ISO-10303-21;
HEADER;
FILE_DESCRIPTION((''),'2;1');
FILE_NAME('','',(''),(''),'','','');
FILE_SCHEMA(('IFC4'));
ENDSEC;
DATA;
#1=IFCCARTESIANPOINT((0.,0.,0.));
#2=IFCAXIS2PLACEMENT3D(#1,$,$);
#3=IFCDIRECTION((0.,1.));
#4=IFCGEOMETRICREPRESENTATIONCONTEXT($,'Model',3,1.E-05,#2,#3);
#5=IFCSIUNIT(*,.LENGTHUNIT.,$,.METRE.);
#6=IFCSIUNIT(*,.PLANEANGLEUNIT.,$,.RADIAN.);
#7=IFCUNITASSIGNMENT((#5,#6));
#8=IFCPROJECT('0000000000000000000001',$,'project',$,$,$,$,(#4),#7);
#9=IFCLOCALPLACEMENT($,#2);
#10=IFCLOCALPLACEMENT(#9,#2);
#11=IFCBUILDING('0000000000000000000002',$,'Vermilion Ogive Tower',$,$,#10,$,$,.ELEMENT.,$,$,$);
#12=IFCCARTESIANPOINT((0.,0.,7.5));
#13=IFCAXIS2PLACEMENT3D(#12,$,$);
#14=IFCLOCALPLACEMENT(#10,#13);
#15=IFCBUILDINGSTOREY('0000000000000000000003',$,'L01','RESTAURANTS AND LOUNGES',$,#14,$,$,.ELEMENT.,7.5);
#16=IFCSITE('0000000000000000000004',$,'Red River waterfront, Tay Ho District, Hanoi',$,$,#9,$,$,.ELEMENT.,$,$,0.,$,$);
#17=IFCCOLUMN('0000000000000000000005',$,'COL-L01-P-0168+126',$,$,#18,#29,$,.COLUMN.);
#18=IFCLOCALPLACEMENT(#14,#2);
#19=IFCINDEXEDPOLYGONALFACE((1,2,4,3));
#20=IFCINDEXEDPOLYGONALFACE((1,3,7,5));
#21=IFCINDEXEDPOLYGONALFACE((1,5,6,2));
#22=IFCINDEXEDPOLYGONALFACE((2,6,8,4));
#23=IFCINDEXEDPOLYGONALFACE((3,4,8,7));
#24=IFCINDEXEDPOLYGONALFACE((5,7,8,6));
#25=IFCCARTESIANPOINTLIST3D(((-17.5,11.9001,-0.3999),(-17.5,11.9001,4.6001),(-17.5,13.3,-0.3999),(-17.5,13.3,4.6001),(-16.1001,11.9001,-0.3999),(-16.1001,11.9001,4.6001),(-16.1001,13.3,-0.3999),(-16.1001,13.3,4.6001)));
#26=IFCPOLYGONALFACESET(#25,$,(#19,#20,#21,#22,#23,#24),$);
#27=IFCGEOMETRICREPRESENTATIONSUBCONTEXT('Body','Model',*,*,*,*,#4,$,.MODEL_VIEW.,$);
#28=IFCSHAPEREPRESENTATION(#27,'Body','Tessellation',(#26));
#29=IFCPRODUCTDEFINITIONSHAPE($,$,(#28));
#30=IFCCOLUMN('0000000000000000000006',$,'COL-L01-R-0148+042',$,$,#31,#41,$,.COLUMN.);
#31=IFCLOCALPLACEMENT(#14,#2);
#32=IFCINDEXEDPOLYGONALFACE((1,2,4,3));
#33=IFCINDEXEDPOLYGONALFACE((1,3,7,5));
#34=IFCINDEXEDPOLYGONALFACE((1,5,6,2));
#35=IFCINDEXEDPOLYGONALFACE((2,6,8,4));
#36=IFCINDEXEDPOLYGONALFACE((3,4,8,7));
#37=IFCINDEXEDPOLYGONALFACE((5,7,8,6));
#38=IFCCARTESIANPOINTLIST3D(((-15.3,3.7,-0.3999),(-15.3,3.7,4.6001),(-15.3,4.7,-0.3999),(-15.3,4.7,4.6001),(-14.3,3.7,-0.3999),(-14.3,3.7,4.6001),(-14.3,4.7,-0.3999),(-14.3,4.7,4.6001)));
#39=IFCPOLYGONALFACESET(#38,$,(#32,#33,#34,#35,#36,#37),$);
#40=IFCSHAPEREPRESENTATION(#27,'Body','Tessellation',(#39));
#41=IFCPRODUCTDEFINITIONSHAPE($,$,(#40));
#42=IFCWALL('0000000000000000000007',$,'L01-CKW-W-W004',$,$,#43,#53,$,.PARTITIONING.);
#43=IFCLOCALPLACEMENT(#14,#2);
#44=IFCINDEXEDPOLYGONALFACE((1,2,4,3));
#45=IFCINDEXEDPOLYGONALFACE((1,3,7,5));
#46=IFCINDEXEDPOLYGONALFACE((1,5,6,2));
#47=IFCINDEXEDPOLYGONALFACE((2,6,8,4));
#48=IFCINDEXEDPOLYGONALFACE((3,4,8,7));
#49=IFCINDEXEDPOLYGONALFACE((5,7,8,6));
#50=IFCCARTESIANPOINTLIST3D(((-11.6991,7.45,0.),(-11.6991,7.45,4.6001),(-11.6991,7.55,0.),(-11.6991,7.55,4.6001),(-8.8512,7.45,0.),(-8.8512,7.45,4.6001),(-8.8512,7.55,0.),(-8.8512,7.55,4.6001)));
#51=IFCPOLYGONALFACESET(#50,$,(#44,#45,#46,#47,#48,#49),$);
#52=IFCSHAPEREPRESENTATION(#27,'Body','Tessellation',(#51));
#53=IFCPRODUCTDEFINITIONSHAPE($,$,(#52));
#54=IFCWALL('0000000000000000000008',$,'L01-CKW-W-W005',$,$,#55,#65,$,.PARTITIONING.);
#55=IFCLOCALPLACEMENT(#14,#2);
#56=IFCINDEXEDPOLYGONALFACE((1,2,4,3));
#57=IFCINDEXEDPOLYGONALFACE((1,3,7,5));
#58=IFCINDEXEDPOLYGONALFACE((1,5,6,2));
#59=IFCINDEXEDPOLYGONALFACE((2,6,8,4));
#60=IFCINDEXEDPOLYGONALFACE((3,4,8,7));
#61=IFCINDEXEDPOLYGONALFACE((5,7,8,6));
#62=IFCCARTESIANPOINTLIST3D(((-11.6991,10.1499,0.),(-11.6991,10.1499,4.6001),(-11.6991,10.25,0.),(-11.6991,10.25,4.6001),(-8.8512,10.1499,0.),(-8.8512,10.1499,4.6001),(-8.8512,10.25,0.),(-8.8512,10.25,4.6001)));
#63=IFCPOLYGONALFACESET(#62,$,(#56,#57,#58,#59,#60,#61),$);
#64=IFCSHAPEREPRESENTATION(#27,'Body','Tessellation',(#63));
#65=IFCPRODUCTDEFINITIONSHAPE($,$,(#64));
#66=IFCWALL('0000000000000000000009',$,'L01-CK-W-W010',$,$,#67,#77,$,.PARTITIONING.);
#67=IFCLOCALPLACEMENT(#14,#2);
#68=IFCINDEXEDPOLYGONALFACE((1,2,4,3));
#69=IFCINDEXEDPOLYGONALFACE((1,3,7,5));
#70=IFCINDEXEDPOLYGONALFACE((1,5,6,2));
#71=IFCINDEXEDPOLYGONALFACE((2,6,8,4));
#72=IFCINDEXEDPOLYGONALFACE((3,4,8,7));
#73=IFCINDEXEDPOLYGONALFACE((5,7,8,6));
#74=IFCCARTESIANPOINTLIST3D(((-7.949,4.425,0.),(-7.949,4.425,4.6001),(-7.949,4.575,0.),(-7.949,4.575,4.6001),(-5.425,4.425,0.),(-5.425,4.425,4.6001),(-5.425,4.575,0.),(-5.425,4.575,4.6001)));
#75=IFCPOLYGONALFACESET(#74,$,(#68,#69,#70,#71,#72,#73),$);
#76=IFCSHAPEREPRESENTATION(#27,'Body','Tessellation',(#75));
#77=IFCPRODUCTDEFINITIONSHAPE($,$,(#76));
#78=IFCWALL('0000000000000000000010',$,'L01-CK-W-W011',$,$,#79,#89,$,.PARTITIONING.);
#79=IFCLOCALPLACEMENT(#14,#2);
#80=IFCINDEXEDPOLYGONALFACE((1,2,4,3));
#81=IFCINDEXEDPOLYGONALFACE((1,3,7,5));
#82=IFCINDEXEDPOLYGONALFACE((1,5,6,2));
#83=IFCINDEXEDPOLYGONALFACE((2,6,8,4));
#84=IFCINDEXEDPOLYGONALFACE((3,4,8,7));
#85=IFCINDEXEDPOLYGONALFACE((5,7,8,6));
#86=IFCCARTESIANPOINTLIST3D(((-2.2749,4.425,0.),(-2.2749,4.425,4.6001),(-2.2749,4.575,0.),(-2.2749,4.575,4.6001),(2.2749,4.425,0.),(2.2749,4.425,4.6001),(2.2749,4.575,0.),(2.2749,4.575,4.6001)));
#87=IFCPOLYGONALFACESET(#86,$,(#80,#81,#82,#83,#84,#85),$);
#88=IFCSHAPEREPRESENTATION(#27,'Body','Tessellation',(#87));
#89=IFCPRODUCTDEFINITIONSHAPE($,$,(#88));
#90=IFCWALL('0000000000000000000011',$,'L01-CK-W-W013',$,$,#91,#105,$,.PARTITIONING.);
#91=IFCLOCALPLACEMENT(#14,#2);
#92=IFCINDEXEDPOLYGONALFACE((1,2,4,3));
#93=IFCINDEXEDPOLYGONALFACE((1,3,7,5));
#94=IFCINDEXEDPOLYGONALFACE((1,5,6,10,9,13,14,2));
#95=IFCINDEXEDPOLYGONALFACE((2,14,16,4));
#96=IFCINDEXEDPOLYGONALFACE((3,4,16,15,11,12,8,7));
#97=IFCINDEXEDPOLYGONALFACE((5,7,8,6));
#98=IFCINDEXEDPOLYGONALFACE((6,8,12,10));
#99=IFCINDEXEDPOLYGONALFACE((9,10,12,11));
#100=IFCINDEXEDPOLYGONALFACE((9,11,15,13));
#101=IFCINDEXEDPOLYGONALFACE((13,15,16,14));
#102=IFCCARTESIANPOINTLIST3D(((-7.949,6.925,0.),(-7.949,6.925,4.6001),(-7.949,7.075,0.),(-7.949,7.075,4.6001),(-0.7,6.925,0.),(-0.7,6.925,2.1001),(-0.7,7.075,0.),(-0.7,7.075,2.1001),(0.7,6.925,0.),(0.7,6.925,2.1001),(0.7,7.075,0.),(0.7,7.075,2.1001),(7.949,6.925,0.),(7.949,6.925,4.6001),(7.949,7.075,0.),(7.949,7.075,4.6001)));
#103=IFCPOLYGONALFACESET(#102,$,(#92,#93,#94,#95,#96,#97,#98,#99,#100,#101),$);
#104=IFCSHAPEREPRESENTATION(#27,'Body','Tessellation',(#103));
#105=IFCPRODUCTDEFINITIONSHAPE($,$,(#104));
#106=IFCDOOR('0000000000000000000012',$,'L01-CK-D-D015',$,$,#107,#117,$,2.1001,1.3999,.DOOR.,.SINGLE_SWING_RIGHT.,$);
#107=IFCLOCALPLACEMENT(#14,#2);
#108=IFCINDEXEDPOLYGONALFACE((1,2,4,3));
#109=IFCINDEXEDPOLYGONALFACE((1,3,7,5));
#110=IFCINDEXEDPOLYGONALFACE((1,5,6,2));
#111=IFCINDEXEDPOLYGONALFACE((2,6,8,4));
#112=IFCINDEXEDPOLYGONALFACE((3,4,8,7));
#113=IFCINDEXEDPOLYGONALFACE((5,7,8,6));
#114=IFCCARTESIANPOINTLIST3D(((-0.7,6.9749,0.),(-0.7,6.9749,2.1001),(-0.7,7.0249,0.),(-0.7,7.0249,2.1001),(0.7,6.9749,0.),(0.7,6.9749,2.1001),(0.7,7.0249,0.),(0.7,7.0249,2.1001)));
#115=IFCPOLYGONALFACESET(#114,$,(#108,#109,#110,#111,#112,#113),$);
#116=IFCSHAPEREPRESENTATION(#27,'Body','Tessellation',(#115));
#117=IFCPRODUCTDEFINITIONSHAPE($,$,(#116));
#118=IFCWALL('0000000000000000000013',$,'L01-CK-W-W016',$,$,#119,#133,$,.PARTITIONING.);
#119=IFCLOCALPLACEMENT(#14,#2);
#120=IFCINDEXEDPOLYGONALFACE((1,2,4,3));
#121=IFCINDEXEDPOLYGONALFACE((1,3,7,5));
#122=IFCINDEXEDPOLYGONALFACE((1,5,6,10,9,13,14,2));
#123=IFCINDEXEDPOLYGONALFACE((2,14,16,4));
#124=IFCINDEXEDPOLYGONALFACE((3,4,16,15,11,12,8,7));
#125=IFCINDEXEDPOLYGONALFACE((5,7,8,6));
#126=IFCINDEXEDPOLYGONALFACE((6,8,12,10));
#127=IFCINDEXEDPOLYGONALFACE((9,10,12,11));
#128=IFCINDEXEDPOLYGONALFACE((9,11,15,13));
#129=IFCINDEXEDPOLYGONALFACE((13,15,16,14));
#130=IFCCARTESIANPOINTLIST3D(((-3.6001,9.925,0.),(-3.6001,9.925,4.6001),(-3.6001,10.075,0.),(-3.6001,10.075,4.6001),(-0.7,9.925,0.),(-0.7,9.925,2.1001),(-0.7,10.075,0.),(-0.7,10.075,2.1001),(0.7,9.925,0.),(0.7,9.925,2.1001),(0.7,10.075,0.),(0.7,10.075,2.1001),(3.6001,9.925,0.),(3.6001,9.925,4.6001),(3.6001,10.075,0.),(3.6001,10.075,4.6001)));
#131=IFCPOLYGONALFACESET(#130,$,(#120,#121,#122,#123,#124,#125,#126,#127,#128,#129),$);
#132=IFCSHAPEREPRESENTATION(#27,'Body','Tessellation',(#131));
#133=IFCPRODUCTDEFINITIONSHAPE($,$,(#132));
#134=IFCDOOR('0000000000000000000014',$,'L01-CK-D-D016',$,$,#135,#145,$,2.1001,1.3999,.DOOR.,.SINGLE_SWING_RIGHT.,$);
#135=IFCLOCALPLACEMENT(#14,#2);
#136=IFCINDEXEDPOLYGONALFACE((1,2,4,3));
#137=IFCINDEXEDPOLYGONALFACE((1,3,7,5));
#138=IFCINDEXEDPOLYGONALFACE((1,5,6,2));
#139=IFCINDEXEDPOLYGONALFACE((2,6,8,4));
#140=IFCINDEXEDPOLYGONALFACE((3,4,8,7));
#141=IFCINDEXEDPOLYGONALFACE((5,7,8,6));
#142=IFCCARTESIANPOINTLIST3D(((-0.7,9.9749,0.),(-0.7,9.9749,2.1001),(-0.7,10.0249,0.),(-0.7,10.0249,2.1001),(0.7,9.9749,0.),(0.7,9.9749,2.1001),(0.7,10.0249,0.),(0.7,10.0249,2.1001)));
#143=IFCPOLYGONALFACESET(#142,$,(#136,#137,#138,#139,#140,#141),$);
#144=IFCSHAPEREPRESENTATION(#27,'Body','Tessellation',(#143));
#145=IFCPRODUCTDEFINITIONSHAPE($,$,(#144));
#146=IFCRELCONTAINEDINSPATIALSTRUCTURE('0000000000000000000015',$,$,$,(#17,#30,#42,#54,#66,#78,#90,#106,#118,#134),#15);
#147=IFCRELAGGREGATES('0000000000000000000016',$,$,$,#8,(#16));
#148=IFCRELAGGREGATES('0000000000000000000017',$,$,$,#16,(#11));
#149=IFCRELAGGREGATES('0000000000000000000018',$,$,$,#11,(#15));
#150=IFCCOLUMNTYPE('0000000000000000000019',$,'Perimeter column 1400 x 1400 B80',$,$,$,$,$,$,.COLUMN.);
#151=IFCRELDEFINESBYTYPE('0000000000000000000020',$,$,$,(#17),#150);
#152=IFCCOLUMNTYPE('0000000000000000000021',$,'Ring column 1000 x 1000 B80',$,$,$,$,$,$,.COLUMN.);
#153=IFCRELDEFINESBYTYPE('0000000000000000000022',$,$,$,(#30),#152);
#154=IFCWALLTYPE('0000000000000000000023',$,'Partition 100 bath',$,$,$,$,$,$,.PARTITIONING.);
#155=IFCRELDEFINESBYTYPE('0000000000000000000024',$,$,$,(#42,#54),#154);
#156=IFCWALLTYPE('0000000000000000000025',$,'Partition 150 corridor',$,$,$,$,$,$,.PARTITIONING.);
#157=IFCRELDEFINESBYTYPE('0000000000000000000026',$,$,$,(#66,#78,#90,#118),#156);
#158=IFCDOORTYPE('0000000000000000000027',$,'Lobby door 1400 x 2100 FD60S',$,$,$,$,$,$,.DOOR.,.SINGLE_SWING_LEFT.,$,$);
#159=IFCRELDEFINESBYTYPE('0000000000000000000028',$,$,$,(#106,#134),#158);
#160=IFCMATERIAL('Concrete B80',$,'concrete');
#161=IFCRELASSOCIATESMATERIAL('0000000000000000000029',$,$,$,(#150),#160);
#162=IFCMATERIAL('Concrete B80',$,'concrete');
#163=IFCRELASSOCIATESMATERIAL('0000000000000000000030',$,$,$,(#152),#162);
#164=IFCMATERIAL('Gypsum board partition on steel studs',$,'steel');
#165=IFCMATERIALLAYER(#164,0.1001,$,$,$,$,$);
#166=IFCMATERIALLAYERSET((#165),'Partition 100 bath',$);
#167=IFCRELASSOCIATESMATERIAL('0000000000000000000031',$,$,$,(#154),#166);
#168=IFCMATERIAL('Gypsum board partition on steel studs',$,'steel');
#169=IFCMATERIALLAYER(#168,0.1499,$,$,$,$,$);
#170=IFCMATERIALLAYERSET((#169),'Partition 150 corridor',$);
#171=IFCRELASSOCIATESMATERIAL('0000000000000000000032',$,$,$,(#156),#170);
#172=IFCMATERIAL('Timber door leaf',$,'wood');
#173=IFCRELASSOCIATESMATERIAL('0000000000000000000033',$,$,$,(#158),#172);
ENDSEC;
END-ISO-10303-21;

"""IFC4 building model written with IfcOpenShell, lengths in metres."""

from ifc_helpers import new_model, si_unit, direction, frame, frame_2d, origin, origin_2d, place, context, subcontext, project, spatial, rectangle, extrude, material, layer, layer_set, material_profile, profile_set, type_object, element, fill, save


model = new_model("IFC4")

# Units and contexts
model_context = context("Model", 3, precision=1e-05, world=origin(), true_north=direction((0.0, 1.0)))
body_context = subcontext(model_context, "Body", "Model", "MODEL_VIEW")
ifc_project = project(units=[si_unit("LENGTHUNIT", "METRE"), si_unit("PLANEANGLEUNIT", "RADIAN")], contexts=[model_context])

# Site, building, storey
site_placement = place(None, origin())
site = spatial("IfcSite", under=ifc_project, at=site_placement, Name="Red River waterfront, Tay Ho District, Hanoi", CompositionType="ELEMENT", RefElevation=0.0)
building_placement = place(site_placement, origin())
building = spatial("IfcBuilding", under=site, at=building_placement, Name="Vermilion Ogive Tower", CompositionType="ELEMENT")
storey_placement = place(building_placement, frame((0.0, 0.0, 7.5)))
storey = spatial("IfcBuildingStorey", under=building, at=storey_placement, Name="L01", Description="RESTAURANTS AND LOUNGES", CompositionType="ELEMENT", Elevation=7.5)

# Columns
ifc_material_1 = material(Name="Concrete B80", Category="concrete")
ifc_material_profile_1 = material_profile(ifc_material_1, rectangle(XDim=1.3999, YDim=1.3999, at=origin_2d()), Name="1400 x 1400")
ifc_profile_set_1 = profile_set([ifc_material_profile_1], Name="Concrete B80")
column_type_1 = type_object("IfcColumnType", Name="Perimeter column 1400 x 1400 B80", PredefinedType="COLUMN", material=ifc_profile_set_1)
column_1_placement = place(storey_placement, frame((-16.8, 12.6001, -0.3999), z_axis=(0.0, 0.0, 1.0), x_axis=(1.0, 0.0, 0.0)))
element("IfcColumn", 1, at=column_1_placement, inside=storey, type_object=column_type_1, Name="COL-L01-P-0168+126", PredefinedType="COLUMN", context=body_context, shape_type="SweptSolid", body=[
    extrude(rectangle(XDim=1.3999, YDim=1.3999, at=origin_2d()), origin(), (0.0, 0.0, 1.0), 5.0),
])
ifc_material_2 = material(Name="Concrete B80", Category="concrete")
ifc_material_profile_2 = material_profile(ifc_material_2, rectangle(XDim=1.0, YDim=1.0, at=origin_2d()), Name="1000 x 1000")
ifc_profile_set_2 = profile_set([ifc_material_profile_2], Name="Concrete B80")
column_type_2 = type_object("IfcColumnType", Name="Ring column 1000 x 1000 B80", PredefinedType="COLUMN", material=ifc_profile_set_2)
column_2_placement = place(storey_placement, frame((-14.8, 4.2, -0.3999), z_axis=(0.0, 0.0, 1.0), x_axis=(1.0, 0.0, 0.0)))
element("IfcColumn", 2, at=column_2_placement, inside=storey, type_object=column_type_2, Name="COL-L01-R-0148+042", PredefinedType="COLUMN", context=body_context, shape_type="SweptSolid", body=[
    extrude(rectangle(XDim=1.0, YDim=1.0, at=origin_2d()), origin(), (0.0, 0.0, 1.0), 5.0),
])

# Walls
ifc_material_3 = material(Name="Gypsum board partition on steel studs", Category="steel")
ifc_layer_1 = layer(ifc_material_3, 0.1001)
ifc_layer_set_1 = layer_set([ifc_layer_1], Name="Partition 100 bath")
wall_type_1 = type_object("IfcWallType", Name="Partition 100 bath", PredefinedType="PARTITIONING", material=ifc_layer_set_1)
for number, where, z_axis, x_axis, name in (
    (3, (-11.699, 7.5, 0.0), (0.0, 0.0, 1.0), (1.0, 0.0, 0.0), "L01-CKW-W-W004"),
    (4, (-11.699, 10.2, 0.0), (0.0, 0.0, 1.0), (1.0, 0.0, 0.0), "L01-CKW-W-W005"),
):
    element("IfcWall", number, at=place(storey_placement, frame(where, z_axis=z_axis, x_axis=x_axis)), inside=storey, type_object=wall_type_1, Name=name, PredefinedType="PARTITIONING", context=body_context, shape_type="SweptSolid", body=[
        extrude(rectangle(XDim=2.8479, YDim=0.1001, at=frame_2d((1.4238, 0.0))), origin(), (0.0, 0.0, 1.0), 4.6001),
    ])
ifc_material_4 = material(Name="Gypsum board partition on steel studs", Category="steel")
ifc_layer_2 = layer(ifc_material_4, 0.1499)
ifc_layer_set_2 = layer_set([ifc_layer_2], Name="Partition 150 corridor")
wall_type_2 = type_object("IfcWallType", Name="Partition 150 corridor", PredefinedType="PARTITIONING", material=ifc_layer_set_2)
wall_1_placement = place(storey_placement, frame((-7.949, 4.5, 0.0), z_axis=(0.0, 0.0, 1.0), x_axis=(1.0, 0.0, 0.0)))
element("IfcWall", 5, at=wall_1_placement, inside=storey, type_object=wall_type_2, Name="L01-CK-W-W010", PredefinedType="PARTITIONING", context=body_context, shape_type="SweptSolid", body=[
    extrude(rectangle(XDim=2.5239, YDim=0.1499, at=frame_2d((1.262, 0.0))), origin(), (0.0, 0.0, 1.0), 4.6001),
])
wall_2_placement = place(storey_placement, frame((-2.2749, 4.5, 0.0), z_axis=(0.0, 0.0, 1.0), x_axis=(1.0, 0.0, 0.0)))
element("IfcWall", 6, at=wall_2_placement, inside=storey, type_object=wall_type_2, Name="L01-CK-W-W011", PredefinedType="PARTITIONING", context=body_context, shape_type="SweptSolid", body=[
    extrude(rectangle(XDim=4.5498, YDim=0.1499, at=frame_2d((2.2749, 0.0))), origin(), (0.0, 0.0, 1.0), 4.6001),
])

# Walls, openings, doors
wall_3_placement = place(storey_placement, frame((-7.949, 7.0, 0.0), z_axis=(0.0, 0.0, 1.0), x_axis=(1.0, 0.0, 0.0)))
wall_3 = element("IfcWall", 7, at=wall_3_placement, inside=storey, type_object=wall_type_2, Name="L01-CK-W-W013", PredefinedType="PARTITIONING", context=body_context, shape_type="SweptSolid", body=[
    extrude(rectangle(XDim=15.8979, YDim=0.1499, at=frame_2d((7.949, 0.0))), origin(), (0.0, 0.0, 1.0), 4.6001),
])
opening_1_placement = place(wall_3_placement, frame((7.249, 0.0, 0.0)))
opening_1 = element("IfcOpeningElement", 8, at=opening_1_placement, cuts=wall_3, PredefinedType="OPENING", context=body_context, shape_type="SweptSolid", body=[
    extrude(rectangle(XDim=1.3999, YDim=2.1001, at=frame_2d((0.7, 1.05))), frame((0.0, 0.085, 0.0), z_axis=(0.0, -1.0, 0.0), x_axis=(1.0, 0.0, 0.0)), (0.0, 0.0, 1.0), 0.1699),
])
ifc_material_5 = material(Name="Timber door leaf", Category="wood")
door_type_1 = type_object("IfcDoorType", Name="Lobby door 1400 x 2100 FD60S", OperationType="SINGLE_SWING_LEFT", PredefinedType="DOOR", material=ifc_material_5)
door_1_placement = place(opening_1_placement, origin())
door_1 = element("IfcDoor", 9, at=door_1_placement, inside=storey, type_object=door_type_1, Name="L01-CK-D-D015", OperationType="SINGLE_SWING_RIGHT", OverallHeight=2.1001, OverallWidth=1.3999, PredefinedType="DOOR", context=body_context, shape_type="SweptSolid", body=[
    extrude(rectangle(XDim=1.3999, YDim=2.1001, at=frame_2d((0.7, 1.05))), frame((0.0, 0.0249, 0.0), z_axis=(0.0, -1.0, 0.0), x_axis=(1.0, 0.0, 0.0)), (0.0, 0.0, 1.0), 0.05),
])
fill(opening_1, door_1)
wall_4_placement = place(storey_placement, frame((-3.6001, 10.0, 0.0), z_axis=(0.0, 0.0, 1.0), x_axis=(1.0, 0.0, 0.0)))
wall_4 = element("IfcWall", 10, at=wall_4_placement, inside=storey, type_object=wall_type_2, Name="L01-CK-W-W016", PredefinedType="PARTITIONING", context=body_context, shape_type="SweptSolid", body=[
    extrude(rectangle(XDim=7.2002, YDim=0.1499, at=frame_2d((3.6001, 0.0))), origin(), (0.0, 0.0, 1.0), 4.6001),
])
opening_2_placement = place(wall_4_placement, frame((2.9001, 0.0, 0.0)))
opening_2 = element("IfcOpeningElement", 11, at=opening_2_placement, cuts=wall_4, PredefinedType="OPENING", context=body_context, shape_type="SweptSolid", body=[
    extrude(rectangle(XDim=1.3999, YDim=2.1001, at=frame_2d((0.7, 1.05))), frame((0.0, 0.085, 0.0), z_axis=(0.0, -1.0, 0.0), x_axis=(1.0, 0.0, 0.0)), (0.0, 0.0, 1.0), 0.1699),
])
door_2_placement = place(opening_2_placement, origin())
door_2 = element("IfcDoor", 12, at=door_2_placement, inside=storey, type_object=door_type_1, Name="L01-CK-D-D016", OperationType="SINGLE_SWING_RIGHT", OverallHeight=2.1001, OverallWidth=1.3999, PredefinedType="DOOR", context=body_context, shape_type="SweptSolid", body=[
    extrude(rectangle(XDim=1.3999, YDim=2.1001, at=frame_2d((0.7, 1.05))), frame((0.0, 0.0249, 0.0), z_axis=(0.0, -1.0, 0.0), x_axis=(1.0, 0.0, 0.0)), (0.0, 0.0, 1.0), 0.05),
])
fill(opening_2, door_2)

save(model, "model.ifc")
